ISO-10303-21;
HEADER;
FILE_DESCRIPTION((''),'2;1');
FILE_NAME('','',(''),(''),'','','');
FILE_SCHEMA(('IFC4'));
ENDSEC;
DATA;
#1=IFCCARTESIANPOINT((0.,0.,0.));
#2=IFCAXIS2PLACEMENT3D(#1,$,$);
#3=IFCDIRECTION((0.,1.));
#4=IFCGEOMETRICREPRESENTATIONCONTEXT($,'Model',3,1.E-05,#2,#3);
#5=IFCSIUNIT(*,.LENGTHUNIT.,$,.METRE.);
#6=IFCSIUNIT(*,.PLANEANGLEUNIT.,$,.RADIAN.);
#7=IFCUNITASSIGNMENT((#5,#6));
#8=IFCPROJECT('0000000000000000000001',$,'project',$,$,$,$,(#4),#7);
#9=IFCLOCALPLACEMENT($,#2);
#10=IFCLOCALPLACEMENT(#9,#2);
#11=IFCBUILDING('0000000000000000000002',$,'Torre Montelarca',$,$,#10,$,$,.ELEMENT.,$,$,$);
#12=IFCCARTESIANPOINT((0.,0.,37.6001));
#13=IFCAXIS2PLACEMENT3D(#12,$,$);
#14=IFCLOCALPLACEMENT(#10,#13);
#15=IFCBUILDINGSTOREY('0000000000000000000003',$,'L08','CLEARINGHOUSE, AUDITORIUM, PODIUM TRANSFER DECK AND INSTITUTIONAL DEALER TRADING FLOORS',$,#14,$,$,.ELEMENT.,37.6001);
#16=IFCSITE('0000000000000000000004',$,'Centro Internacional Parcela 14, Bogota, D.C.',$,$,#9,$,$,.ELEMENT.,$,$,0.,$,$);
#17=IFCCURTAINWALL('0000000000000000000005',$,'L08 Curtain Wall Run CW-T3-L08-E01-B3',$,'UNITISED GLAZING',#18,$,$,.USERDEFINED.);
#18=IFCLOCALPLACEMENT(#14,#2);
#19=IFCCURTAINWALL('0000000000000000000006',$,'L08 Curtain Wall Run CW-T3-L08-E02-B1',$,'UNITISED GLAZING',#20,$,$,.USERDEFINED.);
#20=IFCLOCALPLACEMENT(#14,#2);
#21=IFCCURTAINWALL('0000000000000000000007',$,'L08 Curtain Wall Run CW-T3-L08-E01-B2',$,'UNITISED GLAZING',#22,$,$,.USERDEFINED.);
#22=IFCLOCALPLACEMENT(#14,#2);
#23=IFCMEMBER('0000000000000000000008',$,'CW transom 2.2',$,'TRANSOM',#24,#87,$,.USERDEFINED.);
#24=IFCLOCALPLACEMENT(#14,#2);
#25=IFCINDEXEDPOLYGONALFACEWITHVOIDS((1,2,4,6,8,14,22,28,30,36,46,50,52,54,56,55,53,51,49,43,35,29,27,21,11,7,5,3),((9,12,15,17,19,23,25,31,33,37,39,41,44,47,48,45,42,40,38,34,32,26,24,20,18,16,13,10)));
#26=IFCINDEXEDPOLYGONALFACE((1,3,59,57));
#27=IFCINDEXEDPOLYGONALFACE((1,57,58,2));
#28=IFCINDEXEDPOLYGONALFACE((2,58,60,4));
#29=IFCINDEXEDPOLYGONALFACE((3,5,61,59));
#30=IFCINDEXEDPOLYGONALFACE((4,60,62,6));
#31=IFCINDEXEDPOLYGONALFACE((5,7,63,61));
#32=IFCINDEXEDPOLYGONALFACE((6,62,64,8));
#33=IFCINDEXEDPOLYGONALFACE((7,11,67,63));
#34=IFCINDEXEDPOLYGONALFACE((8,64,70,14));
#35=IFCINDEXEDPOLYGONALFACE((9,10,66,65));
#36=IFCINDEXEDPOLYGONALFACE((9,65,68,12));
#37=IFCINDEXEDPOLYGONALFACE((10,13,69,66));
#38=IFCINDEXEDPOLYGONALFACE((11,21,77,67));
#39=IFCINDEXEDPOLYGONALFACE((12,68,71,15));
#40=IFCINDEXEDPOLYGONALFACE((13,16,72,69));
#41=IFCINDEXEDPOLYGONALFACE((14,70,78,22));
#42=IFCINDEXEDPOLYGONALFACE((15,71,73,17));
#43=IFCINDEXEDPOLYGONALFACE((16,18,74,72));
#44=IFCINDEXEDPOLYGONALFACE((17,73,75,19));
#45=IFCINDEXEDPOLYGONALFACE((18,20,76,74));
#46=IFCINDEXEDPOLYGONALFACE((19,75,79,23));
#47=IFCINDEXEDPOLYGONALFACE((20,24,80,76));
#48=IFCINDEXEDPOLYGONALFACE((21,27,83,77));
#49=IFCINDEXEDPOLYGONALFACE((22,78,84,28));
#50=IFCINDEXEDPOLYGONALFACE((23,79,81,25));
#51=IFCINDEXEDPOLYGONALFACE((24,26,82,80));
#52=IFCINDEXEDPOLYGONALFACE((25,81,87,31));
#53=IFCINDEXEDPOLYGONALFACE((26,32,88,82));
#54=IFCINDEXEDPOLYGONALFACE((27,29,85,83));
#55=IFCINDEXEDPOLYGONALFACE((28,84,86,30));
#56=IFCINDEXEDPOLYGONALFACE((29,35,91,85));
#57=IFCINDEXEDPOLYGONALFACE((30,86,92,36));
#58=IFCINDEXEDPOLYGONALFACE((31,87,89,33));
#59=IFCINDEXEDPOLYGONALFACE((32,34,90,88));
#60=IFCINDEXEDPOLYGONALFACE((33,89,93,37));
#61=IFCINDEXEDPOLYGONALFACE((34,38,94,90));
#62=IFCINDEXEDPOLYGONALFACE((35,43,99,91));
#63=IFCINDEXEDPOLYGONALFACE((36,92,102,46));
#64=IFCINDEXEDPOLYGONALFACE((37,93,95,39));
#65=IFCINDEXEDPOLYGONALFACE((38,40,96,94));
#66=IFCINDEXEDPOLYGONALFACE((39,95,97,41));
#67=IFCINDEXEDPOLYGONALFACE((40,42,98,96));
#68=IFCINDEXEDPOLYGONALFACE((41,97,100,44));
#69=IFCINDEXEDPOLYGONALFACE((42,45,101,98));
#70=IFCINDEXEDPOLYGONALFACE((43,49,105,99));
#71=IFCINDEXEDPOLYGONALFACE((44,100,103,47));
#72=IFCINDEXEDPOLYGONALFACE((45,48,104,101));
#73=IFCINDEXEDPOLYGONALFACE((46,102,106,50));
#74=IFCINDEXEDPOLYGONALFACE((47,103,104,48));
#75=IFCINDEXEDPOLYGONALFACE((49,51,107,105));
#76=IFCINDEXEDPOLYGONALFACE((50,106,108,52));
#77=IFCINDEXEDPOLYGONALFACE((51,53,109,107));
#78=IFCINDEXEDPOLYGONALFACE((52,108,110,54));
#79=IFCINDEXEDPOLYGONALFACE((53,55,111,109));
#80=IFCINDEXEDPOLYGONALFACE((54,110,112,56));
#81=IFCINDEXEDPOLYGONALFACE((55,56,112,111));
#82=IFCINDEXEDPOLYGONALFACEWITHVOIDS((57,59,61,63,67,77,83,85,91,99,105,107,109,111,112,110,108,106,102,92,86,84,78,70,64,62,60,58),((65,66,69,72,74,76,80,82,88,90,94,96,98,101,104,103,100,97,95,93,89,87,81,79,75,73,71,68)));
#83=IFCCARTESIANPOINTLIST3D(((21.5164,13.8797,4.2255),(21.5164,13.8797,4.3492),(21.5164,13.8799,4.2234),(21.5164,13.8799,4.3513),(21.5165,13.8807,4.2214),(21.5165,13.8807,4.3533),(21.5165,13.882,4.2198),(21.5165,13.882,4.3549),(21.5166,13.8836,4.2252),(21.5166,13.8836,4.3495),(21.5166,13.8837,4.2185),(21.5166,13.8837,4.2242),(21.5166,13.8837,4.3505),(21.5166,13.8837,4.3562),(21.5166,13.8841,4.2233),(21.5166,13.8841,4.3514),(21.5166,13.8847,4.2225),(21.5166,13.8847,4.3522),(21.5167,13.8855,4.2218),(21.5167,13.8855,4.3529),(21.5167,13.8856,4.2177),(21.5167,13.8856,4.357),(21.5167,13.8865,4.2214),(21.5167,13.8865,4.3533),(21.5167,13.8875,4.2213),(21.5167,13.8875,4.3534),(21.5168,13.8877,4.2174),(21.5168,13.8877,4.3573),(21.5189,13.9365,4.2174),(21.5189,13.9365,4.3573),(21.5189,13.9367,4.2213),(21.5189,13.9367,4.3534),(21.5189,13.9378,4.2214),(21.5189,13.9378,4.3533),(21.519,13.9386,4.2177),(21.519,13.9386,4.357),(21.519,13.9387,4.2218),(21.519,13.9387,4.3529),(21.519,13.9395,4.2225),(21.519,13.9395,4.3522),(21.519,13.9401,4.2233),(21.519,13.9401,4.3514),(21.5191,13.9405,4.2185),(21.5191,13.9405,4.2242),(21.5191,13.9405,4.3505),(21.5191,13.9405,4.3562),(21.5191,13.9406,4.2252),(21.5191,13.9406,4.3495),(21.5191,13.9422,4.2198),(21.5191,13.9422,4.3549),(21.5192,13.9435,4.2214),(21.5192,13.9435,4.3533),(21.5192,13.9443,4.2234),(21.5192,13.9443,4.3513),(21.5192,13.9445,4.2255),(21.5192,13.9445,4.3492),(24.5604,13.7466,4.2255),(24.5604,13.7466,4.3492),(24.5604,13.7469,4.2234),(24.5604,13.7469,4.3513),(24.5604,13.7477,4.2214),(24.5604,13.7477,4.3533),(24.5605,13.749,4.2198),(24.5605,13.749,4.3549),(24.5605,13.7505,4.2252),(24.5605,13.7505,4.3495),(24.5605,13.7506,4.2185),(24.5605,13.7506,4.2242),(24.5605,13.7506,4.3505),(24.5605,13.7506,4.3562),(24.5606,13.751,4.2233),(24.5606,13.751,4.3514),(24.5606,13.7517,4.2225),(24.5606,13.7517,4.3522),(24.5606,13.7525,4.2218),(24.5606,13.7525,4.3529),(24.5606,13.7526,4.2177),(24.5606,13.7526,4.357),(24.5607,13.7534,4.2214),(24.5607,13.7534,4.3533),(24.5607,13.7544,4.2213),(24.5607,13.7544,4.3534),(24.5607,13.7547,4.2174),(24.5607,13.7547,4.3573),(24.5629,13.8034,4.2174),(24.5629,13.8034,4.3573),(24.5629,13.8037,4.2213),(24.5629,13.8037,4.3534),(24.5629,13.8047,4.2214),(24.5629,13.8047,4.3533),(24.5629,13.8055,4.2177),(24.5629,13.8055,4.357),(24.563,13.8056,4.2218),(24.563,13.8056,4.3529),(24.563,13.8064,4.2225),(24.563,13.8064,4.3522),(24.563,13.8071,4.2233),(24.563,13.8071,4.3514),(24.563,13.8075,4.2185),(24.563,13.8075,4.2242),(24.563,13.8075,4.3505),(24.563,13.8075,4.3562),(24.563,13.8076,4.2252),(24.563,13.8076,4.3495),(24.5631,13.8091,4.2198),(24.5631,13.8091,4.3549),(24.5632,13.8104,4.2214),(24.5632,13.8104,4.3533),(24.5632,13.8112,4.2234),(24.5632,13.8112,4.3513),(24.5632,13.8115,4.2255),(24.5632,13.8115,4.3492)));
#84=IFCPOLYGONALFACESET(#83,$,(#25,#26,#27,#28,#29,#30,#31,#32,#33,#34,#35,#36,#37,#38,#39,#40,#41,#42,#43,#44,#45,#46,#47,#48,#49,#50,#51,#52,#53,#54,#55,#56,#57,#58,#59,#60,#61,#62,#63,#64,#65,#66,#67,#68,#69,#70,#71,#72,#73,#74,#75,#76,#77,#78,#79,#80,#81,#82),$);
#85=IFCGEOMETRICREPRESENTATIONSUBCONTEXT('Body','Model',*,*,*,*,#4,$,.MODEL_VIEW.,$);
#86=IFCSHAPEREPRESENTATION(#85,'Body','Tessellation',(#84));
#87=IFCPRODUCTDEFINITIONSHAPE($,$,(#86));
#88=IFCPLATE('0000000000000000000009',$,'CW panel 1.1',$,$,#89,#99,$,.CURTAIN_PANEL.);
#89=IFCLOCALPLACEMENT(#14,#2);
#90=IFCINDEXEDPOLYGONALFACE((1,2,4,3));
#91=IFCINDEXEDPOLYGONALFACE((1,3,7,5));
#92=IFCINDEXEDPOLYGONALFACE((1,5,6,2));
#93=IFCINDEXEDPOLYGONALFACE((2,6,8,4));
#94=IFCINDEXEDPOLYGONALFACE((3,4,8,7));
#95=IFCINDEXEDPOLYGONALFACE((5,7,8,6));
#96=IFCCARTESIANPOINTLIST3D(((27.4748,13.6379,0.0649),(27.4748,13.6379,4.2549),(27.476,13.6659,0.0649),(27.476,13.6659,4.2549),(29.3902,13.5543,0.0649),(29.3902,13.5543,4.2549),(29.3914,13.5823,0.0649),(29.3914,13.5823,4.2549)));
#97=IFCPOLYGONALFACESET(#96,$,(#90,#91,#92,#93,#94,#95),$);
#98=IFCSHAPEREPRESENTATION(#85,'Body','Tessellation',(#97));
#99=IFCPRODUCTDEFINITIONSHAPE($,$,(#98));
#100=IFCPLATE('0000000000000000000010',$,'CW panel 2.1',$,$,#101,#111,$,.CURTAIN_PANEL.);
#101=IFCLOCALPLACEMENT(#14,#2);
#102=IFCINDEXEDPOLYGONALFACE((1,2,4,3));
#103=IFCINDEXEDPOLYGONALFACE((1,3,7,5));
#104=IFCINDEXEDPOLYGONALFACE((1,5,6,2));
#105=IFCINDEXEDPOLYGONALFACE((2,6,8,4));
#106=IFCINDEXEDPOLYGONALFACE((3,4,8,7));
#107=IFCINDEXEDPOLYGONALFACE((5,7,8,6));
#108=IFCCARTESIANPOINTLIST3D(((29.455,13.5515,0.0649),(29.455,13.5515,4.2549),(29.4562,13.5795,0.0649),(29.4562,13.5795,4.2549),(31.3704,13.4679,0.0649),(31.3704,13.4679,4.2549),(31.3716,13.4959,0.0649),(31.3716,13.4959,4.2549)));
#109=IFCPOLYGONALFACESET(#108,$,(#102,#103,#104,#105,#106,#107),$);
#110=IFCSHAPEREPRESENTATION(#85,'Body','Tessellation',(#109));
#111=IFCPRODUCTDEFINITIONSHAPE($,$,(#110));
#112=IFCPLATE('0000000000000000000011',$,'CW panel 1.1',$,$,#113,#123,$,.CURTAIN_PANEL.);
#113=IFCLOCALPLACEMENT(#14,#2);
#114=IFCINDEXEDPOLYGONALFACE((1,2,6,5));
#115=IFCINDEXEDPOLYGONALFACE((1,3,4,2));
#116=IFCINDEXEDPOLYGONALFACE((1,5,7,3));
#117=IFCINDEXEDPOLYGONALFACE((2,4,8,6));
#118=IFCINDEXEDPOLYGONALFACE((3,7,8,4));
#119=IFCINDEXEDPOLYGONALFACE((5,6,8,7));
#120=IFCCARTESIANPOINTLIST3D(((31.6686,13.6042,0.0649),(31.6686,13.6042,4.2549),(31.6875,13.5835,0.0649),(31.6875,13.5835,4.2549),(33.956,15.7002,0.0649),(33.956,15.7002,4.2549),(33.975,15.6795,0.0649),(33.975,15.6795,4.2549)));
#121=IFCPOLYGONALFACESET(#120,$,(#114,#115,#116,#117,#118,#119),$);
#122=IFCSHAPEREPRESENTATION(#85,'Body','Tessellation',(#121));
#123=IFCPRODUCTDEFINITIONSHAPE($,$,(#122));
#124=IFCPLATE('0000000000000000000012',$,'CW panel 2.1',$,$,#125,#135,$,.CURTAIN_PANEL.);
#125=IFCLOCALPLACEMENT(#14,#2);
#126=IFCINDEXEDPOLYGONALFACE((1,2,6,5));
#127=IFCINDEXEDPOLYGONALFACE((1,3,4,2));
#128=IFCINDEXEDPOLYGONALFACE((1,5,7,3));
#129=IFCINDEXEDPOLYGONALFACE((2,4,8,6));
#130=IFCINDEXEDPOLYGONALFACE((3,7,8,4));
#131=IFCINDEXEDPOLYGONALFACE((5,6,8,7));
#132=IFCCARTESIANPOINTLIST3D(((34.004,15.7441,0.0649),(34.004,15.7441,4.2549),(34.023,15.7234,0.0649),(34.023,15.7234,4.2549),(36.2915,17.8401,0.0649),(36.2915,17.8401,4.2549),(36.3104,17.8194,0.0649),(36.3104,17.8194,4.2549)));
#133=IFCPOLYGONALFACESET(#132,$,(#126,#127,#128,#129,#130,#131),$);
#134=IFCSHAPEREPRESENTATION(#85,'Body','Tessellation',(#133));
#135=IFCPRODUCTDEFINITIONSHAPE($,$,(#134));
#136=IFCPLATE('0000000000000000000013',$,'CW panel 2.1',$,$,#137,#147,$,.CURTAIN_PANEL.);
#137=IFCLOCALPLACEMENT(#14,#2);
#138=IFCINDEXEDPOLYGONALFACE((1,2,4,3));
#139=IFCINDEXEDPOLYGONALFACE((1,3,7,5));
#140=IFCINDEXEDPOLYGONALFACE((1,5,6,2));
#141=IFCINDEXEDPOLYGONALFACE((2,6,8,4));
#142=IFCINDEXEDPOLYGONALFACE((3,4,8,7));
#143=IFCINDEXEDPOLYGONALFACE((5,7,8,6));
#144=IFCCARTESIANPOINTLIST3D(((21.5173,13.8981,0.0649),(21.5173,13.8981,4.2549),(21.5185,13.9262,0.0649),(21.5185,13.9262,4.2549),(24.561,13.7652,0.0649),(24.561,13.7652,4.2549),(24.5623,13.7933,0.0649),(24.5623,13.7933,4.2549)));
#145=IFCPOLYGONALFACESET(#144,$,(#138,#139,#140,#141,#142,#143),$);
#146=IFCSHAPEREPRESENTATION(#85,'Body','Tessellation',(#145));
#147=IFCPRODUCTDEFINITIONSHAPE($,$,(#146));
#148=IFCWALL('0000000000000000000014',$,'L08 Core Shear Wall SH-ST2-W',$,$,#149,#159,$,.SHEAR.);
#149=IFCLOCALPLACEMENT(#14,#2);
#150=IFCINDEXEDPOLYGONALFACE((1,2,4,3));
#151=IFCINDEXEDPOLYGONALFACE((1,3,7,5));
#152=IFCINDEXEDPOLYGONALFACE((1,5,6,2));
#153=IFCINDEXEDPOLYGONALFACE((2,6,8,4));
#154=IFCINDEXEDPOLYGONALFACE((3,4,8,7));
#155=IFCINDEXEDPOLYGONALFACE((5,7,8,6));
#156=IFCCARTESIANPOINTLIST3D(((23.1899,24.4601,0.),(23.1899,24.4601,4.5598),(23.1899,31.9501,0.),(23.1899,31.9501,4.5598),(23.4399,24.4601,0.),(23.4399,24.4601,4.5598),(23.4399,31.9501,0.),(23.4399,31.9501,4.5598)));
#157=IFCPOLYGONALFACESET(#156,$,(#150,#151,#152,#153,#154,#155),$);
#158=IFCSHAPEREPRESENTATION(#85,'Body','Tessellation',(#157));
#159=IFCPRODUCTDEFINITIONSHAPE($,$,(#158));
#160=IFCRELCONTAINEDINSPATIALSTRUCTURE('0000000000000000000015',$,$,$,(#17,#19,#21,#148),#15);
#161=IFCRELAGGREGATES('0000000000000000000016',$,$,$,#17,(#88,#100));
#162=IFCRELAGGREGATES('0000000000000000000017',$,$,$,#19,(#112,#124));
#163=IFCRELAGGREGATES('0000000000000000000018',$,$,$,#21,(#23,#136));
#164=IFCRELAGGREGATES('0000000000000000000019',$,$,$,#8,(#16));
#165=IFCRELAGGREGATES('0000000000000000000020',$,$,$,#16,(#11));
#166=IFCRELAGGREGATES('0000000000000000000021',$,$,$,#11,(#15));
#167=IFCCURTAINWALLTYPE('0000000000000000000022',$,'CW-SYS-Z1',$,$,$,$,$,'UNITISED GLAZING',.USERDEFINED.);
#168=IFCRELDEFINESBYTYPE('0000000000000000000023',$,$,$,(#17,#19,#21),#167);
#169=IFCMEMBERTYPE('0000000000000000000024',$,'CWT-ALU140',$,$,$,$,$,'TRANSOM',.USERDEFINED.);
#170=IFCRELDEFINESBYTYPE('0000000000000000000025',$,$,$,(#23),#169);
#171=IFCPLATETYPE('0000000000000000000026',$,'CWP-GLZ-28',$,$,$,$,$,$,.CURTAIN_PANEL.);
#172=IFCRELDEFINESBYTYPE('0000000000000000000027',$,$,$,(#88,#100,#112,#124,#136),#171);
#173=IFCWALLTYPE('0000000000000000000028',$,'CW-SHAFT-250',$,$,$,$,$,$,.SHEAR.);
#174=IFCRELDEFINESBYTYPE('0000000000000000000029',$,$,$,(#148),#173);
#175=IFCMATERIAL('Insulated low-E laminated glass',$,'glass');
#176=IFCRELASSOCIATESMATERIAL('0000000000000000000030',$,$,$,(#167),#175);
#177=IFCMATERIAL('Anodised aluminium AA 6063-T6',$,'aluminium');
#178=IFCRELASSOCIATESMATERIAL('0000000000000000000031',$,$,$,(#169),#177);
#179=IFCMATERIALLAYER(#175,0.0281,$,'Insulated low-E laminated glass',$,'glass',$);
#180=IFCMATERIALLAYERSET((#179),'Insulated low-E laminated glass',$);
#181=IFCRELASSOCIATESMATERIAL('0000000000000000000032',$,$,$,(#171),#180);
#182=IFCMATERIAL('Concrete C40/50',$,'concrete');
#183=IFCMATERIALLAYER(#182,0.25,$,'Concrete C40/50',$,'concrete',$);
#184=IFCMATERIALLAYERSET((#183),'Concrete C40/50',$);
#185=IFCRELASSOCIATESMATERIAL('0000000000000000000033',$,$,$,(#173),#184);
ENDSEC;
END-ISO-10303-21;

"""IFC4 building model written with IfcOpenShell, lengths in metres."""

from ifc_helpers import new_model, si_unit, direction, frame, frame_2d, origin, origin_2d, place, context, subcontext, project, spatial, rectangle, hollow_rectangle, extrude, source, transform, mapped, material, layer, layer_set, material_profile, profile_set, type_object, element, aggregate, save


model = new_model("IFC4")

# Units and contexts
model_context = context("Model", 3, precision=1e-05, world=origin(), true_north=direction((0.0, 1.0)))
body_context = subcontext(model_context, "Body", "Model", "MODEL_VIEW")
ifc_project = project(units=[si_unit("LENGTHUNIT", "METRE"), si_unit("PLANEANGLEUNIT", "RADIAN")], contexts=[model_context])

# Site, building, storey
site_placement = place(None, origin())
site = spatial("IfcSite", under=ifc_project, at=site_placement, Name="Centro Internacional Parcela 14, Bogota, D.C.", CompositionType="ELEMENT", RefElevation=0.0)
building_placement = place(site_placement, origin())
building = spatial("IfcBuilding", under=site, at=building_placement, Name="Torre Montelarca", CompositionType="ELEMENT")
storey_placement = place(building_placement, frame((0.0, 0.0, 37.6001)))
storey = spatial("IfcBuildingStorey", under=building, at=storey_placement, Name="L08", Description="CLEARINGHOUSE, AUDITORIUM, PODIUM TRANSFER DECK AND INSTITUTIONAL DEALER TRADING FLOORS", CompositionType="ELEMENT", Elevation=37.6001)

# Curtain walls
ifc_material_1 = material(Name="Insulated low-E laminated glass", Category="glass")
curtain_wall_type = type_object("IfcCurtainWallType", Name="CW-SYS-Z1", ElementType="UNITISED GLAZING", PredefinedType="USERDEFINED", material=ifc_material_1)
curtain_wall_1_placement = place(storey_placement, origin())
curtain_wall_1 = element("IfcCurtainWall", 1, at=curtain_wall_1_placement, inside=storey, type_object=curtain_wall_type, Name="L08 Curtain Wall Run CW-T3-L08-E01-B3", ObjectType="UNITISED GLAZING", PredefinedType="USERDEFINED")
ifc_material_2 = material(Name="Anodised aluminium AA 6063-T6", Category="aluminium")
ifc_material_profile_1 = material_profile(ifc_material_2, hollow_rectangle(XDim=0.0649, YDim=0.1399, WallThickness=0.0039, InnerFilletRadius=0.0039, OuterFilletRadius=0.0081, at=origin_2d()), Name="ALU65X140X4", Category="aluminium")
ifc_profile_set_1 = profile_set([ifc_material_profile_1], Name="Anodised aluminium AA 6063-T6")
member_type_1 = type_object("IfcMemberType", Name="CWT-ALU140", ElementType="TRANSOM", PredefinedType="USERDEFINED", material=ifc_profile_set_1)
curtain_wall_2_placement = place(storey_placement, origin())
curtain_wall_2 = element("IfcCurtainWall", 2, at=curtain_wall_2_placement, inside=storey, type_object=curtain_wall_type, Name="L08 Curtain Wall Run CW-T3-L08-E02-B1", ObjectType="UNITISED GLAZING", PredefinedType="USERDEFINED")
curtain_wall_3_placement = place(storey_placement, origin())
curtain_wall_3 = element("IfcCurtainWall", 3, at=curtain_wall_3_placement, inside=storey, type_object=curtain_wall_type, Name="L08 Curtain Wall Run CW-T3-L08-E01-B2", ObjectType="UNITISED GLAZING", PredefinedType="USERDEFINED")

# Member
shared_shape_1 = source(origin(), body_context, "Body", "SweptSolid", [
    extrude(hollow_rectangle(XDim=0.0649, YDim=0.1399, WallThickness=0.0039, InnerFilletRadius=0.0039, OuterFilletRadius=0.0081, at=origin_2d()), origin(), (0.0, 0.0, 1.0), 3.0469),
])
member_1_placement = place(storey_placement, frame((21.5178, 13.9121, 4.2874), z_axis=(0.999046, -0.04367, 0.0), x_axis=(0.04367, 0.999046, 0.0)))
member_1 = element("IfcMember", 4, at=member_1_placement, type_object=member_type_1, Name="CW transom 2.2", ObjectType="TRANSOM", PredefinedType="USERDEFINED", context=body_context, shape_type="MappedRepresentation", body=[
    mapped(shared_shape_1, transform((0.0, 0.0, 0.0), scale=1.0)),
])

# Plates
ifc_layer_1 = layer(ifc_material_1, 0.0281, Name="Insulated low-E laminated glass", Category="glass")
ifc_layer_set_1 = layer_set([ifc_layer_1], Name="Insulated low-E laminated glass")
plate_type = type_object("IfcPlateType", Name="CWP-GLZ-28", PredefinedType="CURTAIN_PANEL", material=ifc_layer_set_1)
shared_shape_2 = source(origin(), body_context, "Body", "SweptSolid", [
    extrude(rectangle(XDim=1.9172, YDim=0.0281, at=origin_2d()), origin(), (0.0, 0.0, 1.0), 4.1899),
])
plate_1_placement = place(storey_placement, frame((28.4331, 13.6101, 0.0649), z_axis=(0.0, 0.0, 1.0), x_axis=(0.999049, -0.043606, 0.0)))
plate_1 = element("IfcPlate", 5, at=plate_1_placement, type_object=plate_type, Name="CW panel 1.1", PredefinedType="CURTAIN_PANEL", context=body_context, shape_type="MappedRepresentation", body=[
    mapped(shared_shape_2, transform((0.0, 0.0, 0.0), scale=1.0)),
])
plate_2_placement = place(storey_placement, frame((30.4133, 13.5237, 0.0649), z_axis=(0.0, 0.0, 1.0), x_axis=(0.999049, -0.043606, 0.0)))
plate_2 = element("IfcPlate", 6, at=plate_2_placement, type_object=plate_type, Name="CW panel 2.1", PredefinedType="CURTAIN_PANEL", context=body_context, shape_type="MappedRepresentation", body=[
    mapped(shared_shape_2, transform((0.0, 0.0, 0.0), scale=1.0)),
])
aggregate(curtain_wall_1, [plate_1, plate_2])
shared_shape_3 = source(origin(), body_context, "Body", "SweptSolid", [
    extrude(rectangle(XDim=3.1025, YDim=0.0281, at=origin_2d()), origin(), (0.0, 0.0, 1.0), 4.1899),
])
plate_3_placement = place(storey_placement, frame((32.8218, 14.6418, 0.0649), z_axis=(0.0, 0.0, 1.0), x_axis=(0.737292, 0.675575, 0.0)))
plate_3 = element("IfcPlate", 7, at=plate_3_placement, type_object=plate_type, Name="CW panel 1.1", PredefinedType="CURTAIN_PANEL", context=body_context, shape_type="MappedRepresentation", body=[
    mapped(shared_shape_3, transform((0.0, 0.0, 0.0), scale=1.0)),
])
plate_4_placement = place(storey_placement, frame((35.1572, 16.7817, 0.0649), z_axis=(0.0, 0.0, 1.0), x_axis=(0.737292, 0.675575, 0.0)))
plate_4 = element("IfcPlate", 8, at=plate_4_placement, type_object=plate_type, Name="CW panel 2.1", PredefinedType="CURTAIN_PANEL", context=body_context, shape_type="MappedRepresentation", body=[
    mapped(shared_shape_3, transform((0.0, 0.0, 0.0), scale=1.0)),
])
aggregate(curtain_wall_2, [plate_3, plate_4])
shared_shape_4 = source(origin(), body_context, "Body", "SweptSolid", [
    extrude(rectangle(XDim=3.0466, YDim=0.0281, at=origin_2d()), origin(), (0.0, 0.0, 1.0), 4.1899),
])
plate_5_placement = place(storey_placement, frame((23.0398, 13.8457, 0.0649), z_axis=(0.0, 0.0, 1.0), x_axis=(0.999048, -0.043619, 0.0)))
plate_5 = element("IfcPlate", 9, at=plate_5_placement, type_object=plate_type, Name="CW panel 2.1", PredefinedType="CURTAIN_PANEL", context=body_context, shape_type="MappedRepresentation", body=[
    mapped(shared_shape_4, transform((0.0, 0.0, 0.0), scale=1.0)),
])
aggregate(curtain_wall_3, [member_1, plate_5])

# Wall
ifc_material_3 = material(Name="Concrete C40/50", Category="concrete")
ifc_layer_2 = layer(ifc_material_3, 0.25, Name="Concrete C40/50", Category="concrete")
ifc_layer_set_2 = layer_set([ifc_layer_2], Name="Concrete C40/50")
wall_type_1 = type_object("IfcWallType", Name="CW-SHAFT-250", PredefinedType="SHEAR", material=ifc_layer_set_2)
wall_1_placement = place(storey_placement, frame((23.3149, 24.46, 0.0), z_axis=(0.0, 0.0, 1.0), x_axis=(0.0, 1.0, 0.0)))
element("IfcWall", 10, at=wall_1_placement, inside=storey, type_object=wall_type_1, Name="L08 Core Shear Wall SH-ST2-W", PredefinedType="SHEAR", context=body_context, shape_type="SweptSolid", body=[
    extrude(rectangle(XDim=7.49, YDim=0.25, at=frame_2d((3.7451, 0.0))), origin(), (0.0, 0.0, 1.0), 4.5598),
])

save(model, "model.ifc")
